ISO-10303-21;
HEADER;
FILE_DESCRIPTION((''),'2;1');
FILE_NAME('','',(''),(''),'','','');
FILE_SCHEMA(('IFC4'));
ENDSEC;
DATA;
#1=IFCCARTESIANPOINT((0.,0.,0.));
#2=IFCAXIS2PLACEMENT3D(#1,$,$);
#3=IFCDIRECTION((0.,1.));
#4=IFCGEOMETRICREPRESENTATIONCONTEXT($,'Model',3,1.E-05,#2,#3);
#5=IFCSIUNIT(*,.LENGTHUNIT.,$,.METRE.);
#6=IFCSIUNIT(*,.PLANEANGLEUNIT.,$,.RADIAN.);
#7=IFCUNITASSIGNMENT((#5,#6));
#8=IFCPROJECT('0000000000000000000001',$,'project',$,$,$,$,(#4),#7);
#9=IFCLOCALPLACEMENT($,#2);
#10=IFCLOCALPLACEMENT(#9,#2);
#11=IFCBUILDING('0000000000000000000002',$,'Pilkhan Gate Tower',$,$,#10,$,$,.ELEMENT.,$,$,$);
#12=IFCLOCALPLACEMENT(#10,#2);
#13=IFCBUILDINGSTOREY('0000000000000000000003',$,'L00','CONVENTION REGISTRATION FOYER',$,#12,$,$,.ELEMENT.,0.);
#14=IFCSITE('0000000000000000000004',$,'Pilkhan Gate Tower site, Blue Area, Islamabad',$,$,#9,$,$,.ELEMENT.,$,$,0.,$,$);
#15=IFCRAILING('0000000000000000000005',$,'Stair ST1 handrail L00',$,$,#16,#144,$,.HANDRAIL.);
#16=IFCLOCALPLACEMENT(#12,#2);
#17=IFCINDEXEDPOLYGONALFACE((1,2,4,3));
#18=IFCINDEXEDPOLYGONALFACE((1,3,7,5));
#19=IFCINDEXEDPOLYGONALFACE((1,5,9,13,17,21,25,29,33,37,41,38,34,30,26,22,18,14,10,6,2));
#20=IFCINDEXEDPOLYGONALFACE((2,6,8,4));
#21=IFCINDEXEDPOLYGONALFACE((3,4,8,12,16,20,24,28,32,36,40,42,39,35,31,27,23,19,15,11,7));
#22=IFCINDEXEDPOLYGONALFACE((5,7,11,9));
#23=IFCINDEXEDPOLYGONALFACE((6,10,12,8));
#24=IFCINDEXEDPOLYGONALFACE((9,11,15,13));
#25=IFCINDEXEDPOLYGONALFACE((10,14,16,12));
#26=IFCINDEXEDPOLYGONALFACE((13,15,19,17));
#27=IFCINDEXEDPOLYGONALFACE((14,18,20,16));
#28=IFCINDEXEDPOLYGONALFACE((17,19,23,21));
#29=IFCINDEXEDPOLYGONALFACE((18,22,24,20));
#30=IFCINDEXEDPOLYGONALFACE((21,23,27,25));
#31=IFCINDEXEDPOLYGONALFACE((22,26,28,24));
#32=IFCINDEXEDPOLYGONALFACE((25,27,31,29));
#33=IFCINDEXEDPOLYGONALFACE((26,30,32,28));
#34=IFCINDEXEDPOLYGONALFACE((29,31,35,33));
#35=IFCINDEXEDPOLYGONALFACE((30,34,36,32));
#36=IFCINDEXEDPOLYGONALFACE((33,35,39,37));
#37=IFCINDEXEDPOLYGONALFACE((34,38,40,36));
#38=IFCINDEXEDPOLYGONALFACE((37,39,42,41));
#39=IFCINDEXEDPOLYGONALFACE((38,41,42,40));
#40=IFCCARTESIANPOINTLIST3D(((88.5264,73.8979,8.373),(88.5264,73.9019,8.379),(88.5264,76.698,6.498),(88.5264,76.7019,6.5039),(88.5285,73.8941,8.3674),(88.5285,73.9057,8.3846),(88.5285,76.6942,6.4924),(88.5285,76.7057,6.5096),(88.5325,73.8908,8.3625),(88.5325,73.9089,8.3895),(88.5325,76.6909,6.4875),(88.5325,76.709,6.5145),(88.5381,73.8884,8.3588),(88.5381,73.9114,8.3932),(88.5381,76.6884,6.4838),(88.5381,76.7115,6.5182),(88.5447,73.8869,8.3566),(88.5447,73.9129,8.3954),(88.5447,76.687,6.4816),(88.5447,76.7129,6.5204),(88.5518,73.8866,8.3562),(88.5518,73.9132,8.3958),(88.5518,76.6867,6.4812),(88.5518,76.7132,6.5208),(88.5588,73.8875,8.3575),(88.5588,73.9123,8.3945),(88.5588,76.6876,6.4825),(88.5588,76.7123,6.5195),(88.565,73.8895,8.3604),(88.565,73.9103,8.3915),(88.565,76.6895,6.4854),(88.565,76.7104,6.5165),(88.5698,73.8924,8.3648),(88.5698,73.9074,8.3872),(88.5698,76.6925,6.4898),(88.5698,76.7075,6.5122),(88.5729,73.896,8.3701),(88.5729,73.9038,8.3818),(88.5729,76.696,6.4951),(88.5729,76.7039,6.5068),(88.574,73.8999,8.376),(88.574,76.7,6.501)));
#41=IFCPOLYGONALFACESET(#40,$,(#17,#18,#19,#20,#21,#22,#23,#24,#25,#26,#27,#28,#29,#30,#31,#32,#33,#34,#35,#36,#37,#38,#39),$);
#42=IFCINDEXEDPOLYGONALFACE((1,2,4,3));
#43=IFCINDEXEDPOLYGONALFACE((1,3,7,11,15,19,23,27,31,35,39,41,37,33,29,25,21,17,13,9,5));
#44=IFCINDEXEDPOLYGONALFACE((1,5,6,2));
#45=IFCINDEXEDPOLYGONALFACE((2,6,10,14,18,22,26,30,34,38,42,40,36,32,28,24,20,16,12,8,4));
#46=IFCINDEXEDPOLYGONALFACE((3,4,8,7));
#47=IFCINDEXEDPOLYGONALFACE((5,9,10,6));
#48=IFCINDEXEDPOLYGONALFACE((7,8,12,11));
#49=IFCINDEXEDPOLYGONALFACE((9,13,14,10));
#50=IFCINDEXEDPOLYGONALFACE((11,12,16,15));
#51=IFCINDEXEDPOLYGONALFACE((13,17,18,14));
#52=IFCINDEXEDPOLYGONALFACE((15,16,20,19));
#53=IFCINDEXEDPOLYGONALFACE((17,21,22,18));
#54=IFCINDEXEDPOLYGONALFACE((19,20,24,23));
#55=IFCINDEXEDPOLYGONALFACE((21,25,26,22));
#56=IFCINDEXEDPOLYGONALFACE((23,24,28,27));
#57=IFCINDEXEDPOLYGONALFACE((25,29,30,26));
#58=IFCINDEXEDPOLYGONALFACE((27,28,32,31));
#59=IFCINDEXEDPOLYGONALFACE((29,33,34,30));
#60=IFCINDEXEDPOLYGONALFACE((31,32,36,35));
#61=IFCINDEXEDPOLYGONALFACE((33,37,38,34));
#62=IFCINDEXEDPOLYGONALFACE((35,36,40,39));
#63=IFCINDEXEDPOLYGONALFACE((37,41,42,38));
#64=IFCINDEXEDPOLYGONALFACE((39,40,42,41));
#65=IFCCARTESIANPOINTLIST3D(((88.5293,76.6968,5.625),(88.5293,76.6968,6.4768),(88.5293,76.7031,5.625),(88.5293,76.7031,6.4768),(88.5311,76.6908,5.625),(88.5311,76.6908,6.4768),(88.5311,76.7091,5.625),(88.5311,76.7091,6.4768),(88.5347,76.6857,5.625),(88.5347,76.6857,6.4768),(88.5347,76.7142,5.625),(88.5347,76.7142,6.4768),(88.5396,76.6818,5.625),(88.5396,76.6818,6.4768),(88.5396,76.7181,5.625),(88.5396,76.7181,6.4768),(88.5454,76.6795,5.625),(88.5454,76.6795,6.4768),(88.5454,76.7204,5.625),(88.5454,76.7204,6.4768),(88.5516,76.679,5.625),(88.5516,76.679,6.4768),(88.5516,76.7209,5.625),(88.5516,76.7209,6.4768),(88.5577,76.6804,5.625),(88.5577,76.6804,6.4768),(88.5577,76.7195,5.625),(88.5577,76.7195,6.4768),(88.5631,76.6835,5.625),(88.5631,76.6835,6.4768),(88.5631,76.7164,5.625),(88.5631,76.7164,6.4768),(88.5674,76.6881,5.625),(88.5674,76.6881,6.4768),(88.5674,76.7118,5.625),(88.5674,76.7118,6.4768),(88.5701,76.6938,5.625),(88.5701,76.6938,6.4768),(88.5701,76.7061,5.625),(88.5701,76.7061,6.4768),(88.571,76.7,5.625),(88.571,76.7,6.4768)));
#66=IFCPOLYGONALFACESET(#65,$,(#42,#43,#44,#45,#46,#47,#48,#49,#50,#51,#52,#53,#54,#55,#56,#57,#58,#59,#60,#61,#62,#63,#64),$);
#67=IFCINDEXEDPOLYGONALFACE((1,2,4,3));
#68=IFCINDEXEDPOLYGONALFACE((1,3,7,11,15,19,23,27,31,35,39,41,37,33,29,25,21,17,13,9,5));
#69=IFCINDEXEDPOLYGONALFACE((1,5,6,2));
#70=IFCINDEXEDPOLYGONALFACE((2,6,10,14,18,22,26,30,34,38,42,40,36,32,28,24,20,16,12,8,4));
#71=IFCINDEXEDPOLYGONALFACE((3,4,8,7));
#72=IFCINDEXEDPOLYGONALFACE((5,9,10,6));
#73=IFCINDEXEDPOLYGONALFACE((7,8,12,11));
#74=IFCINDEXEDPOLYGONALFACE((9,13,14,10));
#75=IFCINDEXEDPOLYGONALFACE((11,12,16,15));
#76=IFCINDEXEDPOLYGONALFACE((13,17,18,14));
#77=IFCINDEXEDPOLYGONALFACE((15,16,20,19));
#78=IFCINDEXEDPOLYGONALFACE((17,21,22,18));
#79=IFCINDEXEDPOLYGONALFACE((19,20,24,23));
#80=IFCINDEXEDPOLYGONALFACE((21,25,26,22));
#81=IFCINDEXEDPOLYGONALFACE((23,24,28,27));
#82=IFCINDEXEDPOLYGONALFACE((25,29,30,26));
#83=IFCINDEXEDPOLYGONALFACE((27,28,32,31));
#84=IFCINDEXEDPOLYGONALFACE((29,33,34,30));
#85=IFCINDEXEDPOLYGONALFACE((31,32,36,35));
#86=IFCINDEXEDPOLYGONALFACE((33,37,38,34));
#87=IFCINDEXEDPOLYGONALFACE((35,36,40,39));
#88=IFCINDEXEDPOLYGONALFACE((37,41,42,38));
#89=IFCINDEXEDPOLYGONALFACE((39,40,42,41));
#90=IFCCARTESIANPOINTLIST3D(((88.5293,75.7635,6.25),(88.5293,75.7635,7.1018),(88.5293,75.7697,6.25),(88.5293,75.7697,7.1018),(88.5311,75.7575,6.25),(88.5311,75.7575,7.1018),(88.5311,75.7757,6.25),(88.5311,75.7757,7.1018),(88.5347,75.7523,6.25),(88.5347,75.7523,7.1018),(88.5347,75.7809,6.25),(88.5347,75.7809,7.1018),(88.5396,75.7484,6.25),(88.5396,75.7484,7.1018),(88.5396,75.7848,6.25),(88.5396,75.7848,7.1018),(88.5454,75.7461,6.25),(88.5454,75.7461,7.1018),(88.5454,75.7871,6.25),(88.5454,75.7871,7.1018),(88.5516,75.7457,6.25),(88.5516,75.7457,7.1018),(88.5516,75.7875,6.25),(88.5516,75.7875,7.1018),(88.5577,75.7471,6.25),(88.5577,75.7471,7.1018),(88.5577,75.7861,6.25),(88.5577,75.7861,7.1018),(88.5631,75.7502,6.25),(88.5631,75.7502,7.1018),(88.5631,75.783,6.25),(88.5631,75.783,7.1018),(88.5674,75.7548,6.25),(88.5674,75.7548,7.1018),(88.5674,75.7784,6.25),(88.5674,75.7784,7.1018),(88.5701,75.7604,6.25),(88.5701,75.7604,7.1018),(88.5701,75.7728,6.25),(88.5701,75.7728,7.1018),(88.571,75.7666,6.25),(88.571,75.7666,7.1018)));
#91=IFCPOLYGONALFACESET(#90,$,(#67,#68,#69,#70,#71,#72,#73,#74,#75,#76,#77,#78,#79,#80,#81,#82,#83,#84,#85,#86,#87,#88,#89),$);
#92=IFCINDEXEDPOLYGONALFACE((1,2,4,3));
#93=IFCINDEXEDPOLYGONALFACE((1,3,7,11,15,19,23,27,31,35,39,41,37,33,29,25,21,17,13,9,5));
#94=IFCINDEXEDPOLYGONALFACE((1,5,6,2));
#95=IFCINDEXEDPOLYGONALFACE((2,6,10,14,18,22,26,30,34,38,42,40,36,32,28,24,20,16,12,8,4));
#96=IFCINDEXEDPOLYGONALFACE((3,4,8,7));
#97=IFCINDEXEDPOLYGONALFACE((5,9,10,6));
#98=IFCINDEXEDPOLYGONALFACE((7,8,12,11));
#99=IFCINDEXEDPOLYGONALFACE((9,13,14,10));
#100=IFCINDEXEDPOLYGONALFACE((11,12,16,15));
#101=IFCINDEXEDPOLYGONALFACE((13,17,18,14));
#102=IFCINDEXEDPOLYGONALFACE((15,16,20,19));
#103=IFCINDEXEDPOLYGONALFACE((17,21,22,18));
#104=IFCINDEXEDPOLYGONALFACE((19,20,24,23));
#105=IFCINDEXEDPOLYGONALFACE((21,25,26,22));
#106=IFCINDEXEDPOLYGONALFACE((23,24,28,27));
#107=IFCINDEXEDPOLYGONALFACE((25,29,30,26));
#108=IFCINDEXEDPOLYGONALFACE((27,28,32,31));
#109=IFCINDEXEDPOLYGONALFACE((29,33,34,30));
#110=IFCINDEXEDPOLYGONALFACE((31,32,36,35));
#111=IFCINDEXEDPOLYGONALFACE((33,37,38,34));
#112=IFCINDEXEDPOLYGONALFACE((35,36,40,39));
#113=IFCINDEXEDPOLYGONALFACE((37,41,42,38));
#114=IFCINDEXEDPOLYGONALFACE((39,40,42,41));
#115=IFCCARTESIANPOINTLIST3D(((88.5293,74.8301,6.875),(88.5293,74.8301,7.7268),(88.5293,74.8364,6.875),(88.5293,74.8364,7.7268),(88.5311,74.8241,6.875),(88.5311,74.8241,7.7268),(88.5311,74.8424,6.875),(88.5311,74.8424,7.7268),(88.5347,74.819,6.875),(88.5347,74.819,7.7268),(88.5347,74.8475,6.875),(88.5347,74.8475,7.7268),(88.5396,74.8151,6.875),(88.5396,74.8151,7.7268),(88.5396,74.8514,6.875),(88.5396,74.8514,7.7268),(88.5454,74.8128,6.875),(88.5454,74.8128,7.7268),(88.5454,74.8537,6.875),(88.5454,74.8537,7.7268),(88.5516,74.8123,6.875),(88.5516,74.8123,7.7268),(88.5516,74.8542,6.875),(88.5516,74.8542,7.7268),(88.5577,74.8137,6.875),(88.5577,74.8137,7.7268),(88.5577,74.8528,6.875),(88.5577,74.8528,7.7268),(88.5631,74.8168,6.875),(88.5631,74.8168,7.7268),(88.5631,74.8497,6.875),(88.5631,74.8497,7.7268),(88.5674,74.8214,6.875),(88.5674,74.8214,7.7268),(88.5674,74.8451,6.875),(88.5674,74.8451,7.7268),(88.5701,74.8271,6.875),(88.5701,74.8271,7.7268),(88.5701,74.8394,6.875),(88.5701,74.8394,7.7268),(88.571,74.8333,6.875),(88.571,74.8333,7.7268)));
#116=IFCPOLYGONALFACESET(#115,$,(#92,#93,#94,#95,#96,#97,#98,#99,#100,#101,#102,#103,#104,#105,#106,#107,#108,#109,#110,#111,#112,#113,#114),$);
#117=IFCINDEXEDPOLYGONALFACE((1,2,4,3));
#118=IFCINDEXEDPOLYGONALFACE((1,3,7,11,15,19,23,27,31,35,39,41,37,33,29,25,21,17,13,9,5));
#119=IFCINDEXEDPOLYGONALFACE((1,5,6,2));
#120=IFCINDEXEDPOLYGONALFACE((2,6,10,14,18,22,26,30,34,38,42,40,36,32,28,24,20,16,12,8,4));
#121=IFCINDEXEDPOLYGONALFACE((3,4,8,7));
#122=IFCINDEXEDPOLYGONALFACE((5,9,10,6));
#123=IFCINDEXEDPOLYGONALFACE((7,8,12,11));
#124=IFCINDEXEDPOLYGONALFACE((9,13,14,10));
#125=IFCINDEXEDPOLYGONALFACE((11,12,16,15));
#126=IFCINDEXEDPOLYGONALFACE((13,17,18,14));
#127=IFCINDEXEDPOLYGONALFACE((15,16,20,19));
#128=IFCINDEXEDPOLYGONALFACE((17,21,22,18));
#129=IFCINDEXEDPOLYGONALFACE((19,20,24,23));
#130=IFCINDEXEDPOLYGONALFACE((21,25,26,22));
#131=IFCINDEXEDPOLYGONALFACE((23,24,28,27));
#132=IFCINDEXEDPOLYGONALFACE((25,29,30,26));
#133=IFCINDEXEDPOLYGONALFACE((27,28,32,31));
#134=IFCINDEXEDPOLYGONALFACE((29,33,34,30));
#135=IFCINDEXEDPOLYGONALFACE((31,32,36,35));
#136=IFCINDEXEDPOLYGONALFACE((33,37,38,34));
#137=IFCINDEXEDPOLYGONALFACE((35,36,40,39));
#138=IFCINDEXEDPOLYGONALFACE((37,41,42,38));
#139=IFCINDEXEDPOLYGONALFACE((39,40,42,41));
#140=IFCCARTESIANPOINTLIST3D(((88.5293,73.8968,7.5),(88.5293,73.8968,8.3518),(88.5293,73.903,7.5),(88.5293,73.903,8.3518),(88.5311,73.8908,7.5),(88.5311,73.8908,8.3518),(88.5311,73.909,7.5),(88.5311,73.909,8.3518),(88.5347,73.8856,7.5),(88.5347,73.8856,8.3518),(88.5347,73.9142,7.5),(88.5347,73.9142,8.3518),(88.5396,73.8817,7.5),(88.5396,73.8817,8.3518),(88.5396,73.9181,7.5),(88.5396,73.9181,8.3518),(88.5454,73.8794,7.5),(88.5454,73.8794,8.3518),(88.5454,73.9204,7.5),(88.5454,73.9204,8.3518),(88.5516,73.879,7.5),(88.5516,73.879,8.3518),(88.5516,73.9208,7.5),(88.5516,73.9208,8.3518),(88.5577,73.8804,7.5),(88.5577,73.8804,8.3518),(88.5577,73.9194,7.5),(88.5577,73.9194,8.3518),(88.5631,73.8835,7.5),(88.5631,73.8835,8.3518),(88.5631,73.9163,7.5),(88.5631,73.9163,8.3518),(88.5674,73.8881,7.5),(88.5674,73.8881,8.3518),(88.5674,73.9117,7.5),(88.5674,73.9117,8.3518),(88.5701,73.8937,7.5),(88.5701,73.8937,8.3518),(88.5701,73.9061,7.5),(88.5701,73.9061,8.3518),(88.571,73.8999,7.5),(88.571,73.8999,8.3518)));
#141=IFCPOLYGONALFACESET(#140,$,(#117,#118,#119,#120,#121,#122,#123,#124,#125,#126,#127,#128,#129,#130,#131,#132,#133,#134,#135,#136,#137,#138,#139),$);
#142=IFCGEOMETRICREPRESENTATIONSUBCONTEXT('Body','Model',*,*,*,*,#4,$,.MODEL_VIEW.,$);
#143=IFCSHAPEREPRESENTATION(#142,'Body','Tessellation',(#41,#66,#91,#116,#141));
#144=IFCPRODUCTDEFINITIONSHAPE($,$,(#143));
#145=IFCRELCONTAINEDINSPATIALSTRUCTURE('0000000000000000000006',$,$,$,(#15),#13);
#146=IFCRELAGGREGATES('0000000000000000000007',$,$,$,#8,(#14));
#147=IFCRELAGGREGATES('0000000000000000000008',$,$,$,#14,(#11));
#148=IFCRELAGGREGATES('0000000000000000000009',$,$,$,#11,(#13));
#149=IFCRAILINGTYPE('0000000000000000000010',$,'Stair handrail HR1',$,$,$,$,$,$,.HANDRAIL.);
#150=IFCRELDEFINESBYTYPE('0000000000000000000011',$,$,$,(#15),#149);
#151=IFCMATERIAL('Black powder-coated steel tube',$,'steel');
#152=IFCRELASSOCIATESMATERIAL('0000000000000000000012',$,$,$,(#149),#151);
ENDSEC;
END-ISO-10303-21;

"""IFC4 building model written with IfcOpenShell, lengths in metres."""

from ifc_helpers import new_model, si_unit, direction, frame, origin, origin_2d, place, context, subcontext, project, spatial, circle, extrude, material, type_object, element, save


model = new_model("IFC4")

# Units and contexts
model_context = context("Model", 3, precision=1e-05, world=origin(), true_north=direction((0.0, 1.0)))
body_context = subcontext(model_context, "Body", "Model", "MODEL_VIEW")
ifc_project = project(units=[si_unit("LENGTHUNIT", "METRE"), si_unit("PLANEANGLEUNIT", "RADIAN")], contexts=[model_context])

# Site, building, storey
site_placement = place(None, origin())
site = spatial("IfcSite", under=ifc_project, at=site_placement, Name="Pilkhan Gate Tower site, Blue Area, Islamabad", CompositionType="ELEMENT", RefElevation=0.0)
building_placement = place(site_placement, origin())
building = spatial("IfcBuilding", under=site, at=building_placement, Name="Pilkhan Gate Tower", CompositionType="ELEMENT")
storey_placement = place(building_placement, origin())
storey = spatial("IfcBuildingStorey", under=building, at=storey_placement, Name="L00", Description="CONVENTION REGISTRATION FOYER", CompositionType="ELEMENT", Elevation=0.0)

# Railing
ifc_material_1 = material(Name="Black powder-coated steel tube", Category="steel")
railing_type_1 = type_object("IfcRailingType", Name="Stair handrail HR1", PredefinedType="HANDRAIL", material=ifc_material_1)
for number, where, name in (
    (1, (88.55, 76.7, 5.625), "Stair ST1 handrail L00"),
):
    element("IfcRailing", number, at=place(storey_placement, frame(where)), inside=storey, type_object=railing_type_1, Name=name, PredefinedType="HANDRAIL", context=body_context, shape_type="SweptSolid", body=[
        extrude(circle(Radius=0.0239, at=origin_2d()), frame((0.0, 0.0, 0.876), z_axis=(0.0, -0.830912, 0.556404), x_axis=(1.0, 0.0, 0.0)), (0.0, 0.0, 1.0), 3.3699),
        extrude(circle(Radius=0.021, at=origin_2d()), origin(), (0.0, 0.0, 1.0), 0.8518),
        extrude(circle(Radius=0.021, at=origin_2d()), frame((0.0, -0.9333, 0.625)), (0.0, 0.0, 1.0), 0.8518),
        extrude(circle(Radius=0.021, at=origin_2d()), frame((0.0, -1.8667, 1.25)), (0.0, 0.0, 1.0), 0.8518),
        extrude(circle(Radius=0.021, at=origin_2d()), frame((0.0, -2.8, 1.875)), (0.0, 0.0, 1.0), 0.8518),
    ])

save(model, "model.ifc")
